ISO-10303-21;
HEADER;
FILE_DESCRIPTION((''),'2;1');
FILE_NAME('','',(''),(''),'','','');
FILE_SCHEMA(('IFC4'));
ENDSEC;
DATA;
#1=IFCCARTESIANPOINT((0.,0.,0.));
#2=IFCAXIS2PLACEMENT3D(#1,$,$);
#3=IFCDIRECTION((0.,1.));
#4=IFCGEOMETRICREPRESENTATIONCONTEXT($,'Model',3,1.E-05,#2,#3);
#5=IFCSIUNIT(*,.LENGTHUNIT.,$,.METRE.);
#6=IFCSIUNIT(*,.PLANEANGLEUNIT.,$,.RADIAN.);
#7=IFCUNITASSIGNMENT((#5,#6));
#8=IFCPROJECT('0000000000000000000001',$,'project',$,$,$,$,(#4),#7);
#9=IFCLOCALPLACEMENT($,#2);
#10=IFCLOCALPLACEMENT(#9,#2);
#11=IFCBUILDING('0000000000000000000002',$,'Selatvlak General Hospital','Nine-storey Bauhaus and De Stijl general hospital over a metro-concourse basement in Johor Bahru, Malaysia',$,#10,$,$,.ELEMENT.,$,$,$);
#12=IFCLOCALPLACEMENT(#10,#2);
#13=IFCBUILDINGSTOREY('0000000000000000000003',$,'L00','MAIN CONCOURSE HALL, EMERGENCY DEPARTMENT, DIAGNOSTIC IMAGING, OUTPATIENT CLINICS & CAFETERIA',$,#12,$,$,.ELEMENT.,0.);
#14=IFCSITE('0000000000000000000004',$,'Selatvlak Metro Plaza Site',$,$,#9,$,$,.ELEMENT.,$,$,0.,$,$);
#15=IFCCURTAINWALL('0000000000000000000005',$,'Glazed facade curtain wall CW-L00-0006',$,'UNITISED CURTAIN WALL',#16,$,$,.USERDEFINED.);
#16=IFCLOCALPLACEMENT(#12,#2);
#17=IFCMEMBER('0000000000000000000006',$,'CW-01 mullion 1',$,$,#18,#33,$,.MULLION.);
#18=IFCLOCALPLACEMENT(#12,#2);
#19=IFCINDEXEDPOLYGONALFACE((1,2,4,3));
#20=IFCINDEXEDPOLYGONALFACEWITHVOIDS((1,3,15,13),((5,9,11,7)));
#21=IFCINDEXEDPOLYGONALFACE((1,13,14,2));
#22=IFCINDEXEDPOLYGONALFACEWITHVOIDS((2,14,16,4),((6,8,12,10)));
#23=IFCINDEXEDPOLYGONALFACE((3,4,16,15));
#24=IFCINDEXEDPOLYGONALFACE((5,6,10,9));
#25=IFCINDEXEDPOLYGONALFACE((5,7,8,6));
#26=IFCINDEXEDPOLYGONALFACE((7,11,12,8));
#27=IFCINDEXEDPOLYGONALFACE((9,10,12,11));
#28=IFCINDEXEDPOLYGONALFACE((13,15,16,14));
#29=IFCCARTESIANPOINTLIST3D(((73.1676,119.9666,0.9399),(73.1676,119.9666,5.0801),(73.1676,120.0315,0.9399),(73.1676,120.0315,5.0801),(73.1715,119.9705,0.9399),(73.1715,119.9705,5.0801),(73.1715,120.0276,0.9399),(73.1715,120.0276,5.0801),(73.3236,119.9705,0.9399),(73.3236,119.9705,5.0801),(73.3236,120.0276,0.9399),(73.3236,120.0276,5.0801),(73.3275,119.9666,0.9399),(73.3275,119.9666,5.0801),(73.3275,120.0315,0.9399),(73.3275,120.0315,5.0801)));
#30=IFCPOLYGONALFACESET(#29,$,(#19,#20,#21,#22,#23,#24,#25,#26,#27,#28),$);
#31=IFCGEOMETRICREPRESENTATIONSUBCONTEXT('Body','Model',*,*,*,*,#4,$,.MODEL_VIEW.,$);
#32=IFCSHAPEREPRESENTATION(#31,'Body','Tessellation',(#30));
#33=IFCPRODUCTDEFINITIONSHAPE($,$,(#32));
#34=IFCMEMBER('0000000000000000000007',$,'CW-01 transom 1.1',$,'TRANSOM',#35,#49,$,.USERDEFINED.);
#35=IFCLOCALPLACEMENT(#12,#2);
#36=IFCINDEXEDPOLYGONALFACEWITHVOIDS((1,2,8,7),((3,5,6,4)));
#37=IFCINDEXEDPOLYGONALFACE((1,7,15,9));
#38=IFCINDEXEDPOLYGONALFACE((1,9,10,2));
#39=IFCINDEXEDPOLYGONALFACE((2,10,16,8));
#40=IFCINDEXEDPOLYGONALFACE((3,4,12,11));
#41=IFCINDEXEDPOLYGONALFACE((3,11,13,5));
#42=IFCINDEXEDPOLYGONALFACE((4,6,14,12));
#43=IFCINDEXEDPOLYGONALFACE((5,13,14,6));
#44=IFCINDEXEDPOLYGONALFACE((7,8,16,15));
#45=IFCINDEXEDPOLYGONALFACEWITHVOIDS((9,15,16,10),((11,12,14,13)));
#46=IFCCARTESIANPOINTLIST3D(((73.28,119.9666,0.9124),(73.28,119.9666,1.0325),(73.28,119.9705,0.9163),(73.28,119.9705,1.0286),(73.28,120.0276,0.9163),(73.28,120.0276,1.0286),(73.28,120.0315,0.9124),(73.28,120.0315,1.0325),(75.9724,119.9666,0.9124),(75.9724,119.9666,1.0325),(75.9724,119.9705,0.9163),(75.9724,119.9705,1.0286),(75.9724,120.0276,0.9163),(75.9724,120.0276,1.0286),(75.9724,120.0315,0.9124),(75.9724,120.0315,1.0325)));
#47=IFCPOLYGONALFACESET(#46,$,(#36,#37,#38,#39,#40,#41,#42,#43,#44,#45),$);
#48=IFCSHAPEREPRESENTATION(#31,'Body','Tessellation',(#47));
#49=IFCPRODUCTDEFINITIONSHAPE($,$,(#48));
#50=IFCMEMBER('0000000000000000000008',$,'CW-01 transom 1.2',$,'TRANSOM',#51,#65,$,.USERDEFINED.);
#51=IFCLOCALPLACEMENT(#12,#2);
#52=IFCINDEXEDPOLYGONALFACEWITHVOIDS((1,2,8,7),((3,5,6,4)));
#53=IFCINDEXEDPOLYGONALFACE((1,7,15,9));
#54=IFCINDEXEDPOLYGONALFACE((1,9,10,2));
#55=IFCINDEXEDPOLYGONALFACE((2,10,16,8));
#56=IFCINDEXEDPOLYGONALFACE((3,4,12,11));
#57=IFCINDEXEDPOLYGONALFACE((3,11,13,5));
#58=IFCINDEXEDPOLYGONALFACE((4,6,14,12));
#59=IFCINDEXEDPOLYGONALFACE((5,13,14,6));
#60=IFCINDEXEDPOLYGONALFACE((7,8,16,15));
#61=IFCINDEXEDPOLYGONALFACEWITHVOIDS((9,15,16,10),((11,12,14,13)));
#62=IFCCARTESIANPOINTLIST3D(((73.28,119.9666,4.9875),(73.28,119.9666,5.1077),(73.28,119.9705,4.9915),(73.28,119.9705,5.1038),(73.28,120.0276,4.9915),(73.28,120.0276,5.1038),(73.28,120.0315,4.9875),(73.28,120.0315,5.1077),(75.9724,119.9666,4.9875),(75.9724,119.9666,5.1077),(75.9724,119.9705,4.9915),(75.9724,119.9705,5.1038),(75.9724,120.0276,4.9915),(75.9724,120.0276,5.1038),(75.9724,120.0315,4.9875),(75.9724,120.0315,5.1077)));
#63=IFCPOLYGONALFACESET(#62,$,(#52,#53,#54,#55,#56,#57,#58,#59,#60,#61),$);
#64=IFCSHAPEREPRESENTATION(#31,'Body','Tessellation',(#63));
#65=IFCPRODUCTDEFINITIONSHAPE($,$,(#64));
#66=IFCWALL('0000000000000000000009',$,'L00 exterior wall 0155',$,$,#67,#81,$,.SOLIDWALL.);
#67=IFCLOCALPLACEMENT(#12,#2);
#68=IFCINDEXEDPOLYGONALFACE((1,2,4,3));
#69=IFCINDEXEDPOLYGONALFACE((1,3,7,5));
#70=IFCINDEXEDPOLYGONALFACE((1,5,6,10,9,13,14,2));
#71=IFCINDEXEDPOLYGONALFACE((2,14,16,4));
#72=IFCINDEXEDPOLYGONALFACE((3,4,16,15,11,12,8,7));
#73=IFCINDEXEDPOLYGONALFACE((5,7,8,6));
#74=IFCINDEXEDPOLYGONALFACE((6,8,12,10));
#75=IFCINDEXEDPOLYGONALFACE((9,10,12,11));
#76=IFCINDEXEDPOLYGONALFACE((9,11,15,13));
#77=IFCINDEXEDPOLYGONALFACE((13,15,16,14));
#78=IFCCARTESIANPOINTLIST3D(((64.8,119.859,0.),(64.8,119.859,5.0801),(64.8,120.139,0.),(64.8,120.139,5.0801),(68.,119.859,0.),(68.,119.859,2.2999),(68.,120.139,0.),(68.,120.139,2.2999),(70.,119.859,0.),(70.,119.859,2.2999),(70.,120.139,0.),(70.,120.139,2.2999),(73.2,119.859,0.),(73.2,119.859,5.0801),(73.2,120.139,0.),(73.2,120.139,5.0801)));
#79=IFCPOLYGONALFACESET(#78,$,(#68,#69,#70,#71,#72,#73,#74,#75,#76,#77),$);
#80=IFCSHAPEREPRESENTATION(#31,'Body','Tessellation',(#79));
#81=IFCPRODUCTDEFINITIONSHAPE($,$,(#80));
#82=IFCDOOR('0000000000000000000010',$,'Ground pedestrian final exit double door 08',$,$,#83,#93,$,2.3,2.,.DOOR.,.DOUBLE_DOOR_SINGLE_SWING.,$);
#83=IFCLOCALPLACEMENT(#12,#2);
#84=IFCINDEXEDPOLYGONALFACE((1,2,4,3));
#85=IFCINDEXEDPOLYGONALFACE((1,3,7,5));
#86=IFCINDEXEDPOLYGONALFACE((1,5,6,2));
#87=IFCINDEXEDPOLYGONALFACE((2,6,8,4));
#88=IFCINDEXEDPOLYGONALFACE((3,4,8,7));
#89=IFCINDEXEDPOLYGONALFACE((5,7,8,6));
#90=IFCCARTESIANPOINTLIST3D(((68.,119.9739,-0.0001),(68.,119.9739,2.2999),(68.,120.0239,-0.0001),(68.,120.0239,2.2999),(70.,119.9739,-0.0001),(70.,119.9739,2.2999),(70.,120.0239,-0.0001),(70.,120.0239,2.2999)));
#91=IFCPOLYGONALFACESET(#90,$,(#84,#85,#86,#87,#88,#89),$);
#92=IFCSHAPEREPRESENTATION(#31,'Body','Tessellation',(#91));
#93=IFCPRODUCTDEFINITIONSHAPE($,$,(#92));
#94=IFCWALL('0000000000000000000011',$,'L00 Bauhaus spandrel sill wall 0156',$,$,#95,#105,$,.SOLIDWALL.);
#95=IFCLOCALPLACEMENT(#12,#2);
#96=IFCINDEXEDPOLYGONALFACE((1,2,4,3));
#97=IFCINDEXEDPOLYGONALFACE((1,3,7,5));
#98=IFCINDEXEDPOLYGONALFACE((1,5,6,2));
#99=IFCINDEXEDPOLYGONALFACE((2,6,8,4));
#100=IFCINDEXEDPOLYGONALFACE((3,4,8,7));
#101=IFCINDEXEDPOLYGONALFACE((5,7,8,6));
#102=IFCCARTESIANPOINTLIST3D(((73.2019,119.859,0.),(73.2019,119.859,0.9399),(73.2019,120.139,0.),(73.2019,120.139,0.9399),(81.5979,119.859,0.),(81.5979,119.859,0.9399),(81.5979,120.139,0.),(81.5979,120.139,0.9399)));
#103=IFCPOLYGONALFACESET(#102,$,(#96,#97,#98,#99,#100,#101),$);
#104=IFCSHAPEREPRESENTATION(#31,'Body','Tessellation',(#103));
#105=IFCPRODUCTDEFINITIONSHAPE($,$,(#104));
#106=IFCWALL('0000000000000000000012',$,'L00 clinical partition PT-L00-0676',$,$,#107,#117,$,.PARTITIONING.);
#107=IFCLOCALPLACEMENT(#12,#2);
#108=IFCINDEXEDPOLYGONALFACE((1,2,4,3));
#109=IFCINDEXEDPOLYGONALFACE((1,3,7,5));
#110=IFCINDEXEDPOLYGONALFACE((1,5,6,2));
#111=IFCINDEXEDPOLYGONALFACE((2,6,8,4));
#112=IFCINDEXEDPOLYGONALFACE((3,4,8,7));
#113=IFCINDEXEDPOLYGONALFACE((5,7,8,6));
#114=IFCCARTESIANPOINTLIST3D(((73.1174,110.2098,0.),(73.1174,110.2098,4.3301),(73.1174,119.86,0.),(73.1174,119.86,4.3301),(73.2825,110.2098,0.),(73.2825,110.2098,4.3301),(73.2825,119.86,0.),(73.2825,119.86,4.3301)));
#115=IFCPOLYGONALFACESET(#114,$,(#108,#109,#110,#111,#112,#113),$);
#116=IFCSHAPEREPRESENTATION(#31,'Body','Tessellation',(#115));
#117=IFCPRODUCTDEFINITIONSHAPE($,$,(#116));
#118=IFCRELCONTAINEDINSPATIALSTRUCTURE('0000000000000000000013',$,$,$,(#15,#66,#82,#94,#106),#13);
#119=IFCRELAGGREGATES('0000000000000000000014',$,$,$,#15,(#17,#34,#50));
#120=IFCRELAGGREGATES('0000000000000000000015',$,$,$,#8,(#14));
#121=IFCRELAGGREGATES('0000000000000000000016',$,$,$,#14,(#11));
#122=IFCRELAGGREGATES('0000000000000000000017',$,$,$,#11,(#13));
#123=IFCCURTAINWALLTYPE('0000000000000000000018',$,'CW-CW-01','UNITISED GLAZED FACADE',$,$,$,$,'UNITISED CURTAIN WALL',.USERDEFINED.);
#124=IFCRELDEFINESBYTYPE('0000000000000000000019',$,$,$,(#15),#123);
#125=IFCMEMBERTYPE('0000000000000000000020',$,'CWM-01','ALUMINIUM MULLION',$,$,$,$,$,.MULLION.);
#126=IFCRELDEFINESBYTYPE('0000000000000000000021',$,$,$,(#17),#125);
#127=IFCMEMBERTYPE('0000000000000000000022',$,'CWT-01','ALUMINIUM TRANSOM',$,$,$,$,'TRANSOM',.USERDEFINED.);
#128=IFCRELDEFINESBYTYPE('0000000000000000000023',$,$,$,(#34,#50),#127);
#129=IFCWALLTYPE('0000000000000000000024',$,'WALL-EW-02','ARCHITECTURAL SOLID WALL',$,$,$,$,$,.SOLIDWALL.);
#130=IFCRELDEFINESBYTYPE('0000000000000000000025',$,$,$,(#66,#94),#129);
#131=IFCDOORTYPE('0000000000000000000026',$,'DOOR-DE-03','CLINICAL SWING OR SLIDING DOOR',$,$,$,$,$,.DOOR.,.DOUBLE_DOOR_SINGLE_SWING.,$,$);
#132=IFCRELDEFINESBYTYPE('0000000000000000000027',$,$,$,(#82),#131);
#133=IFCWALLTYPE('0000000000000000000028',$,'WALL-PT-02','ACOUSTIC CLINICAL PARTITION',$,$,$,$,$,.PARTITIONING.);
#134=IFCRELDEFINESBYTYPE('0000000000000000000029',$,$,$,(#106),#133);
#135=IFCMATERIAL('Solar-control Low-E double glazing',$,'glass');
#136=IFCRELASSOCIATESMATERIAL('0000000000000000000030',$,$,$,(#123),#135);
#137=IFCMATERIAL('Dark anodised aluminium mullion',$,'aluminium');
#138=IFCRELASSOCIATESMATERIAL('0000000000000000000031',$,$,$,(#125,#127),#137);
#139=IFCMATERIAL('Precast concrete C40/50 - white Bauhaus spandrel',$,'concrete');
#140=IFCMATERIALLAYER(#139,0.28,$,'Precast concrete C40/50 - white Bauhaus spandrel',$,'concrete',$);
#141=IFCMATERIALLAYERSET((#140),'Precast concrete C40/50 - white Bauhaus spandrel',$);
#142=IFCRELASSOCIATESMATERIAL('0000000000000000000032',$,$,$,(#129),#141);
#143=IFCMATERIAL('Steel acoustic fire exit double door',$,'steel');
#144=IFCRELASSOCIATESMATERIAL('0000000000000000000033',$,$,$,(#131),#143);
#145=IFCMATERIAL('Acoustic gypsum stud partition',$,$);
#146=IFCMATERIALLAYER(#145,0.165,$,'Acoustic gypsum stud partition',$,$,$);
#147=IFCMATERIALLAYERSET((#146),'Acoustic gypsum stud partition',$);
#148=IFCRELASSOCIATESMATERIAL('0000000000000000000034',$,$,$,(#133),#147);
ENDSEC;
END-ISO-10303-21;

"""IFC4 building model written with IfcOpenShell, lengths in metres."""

from ifc_helpers import new_model, si_unit, direction, frame, frame_2d, origin, origin_2d, place, context, subcontext, project, spatial, rectangle, hollow_rectangle, extrude, material, layer, layer_set, material_profile, profile_set, type_object, element, fill, aggregate, save


model = new_model("IFC4")

# Units and contexts
model_context = context("Model", 3, precision=1e-05, world=origin(), true_north=direction((0.0, 1.0)))
body_context = subcontext(model_context, "Body", "Model", "MODEL_VIEW")
ifc_project = project(units=[si_unit("LENGTHUNIT", "METRE"), si_unit("PLANEANGLEUNIT", "RADIAN")], contexts=[model_context])

# Site, building, storey
site_placement = place(None, origin())
site = spatial("IfcSite", under=ifc_project, at=site_placement, Name="Selatvlak Metro Plaza Site", CompositionType="ELEMENT", RefElevation=0.0)
building_placement = place(site_placement, origin())
building = spatial("IfcBuilding", under=site, at=building_placement, Name="Selatvlak General Hospital", Description="Nine-storey Bauhaus and De Stijl general hospital over a metro-concourse basement in Johor Bahru, Malaysia", CompositionType="ELEMENT")
storey_placement = place(building_placement, origin())
storey = spatial("IfcBuildingStorey", under=building, at=storey_placement, Name="L00", Description="MAIN CONCOURSE HALL, EMERGENCY DEPARTMENT, DIAGNOSTIC IMAGING, OUTPATIENT CLINICS & CAFETERIA", CompositionType="ELEMENT", Elevation=0.0)

# Shared definitions
ifc_material_1 = material(Name="Solar-control Low-E double glazing", Category="glass")
curtain_wall_type = type_object("IfcCurtainWallType", Name="CW-CW-01", Description="UNITISED GLAZED FACADE", ElementType="UNITISED CURTAIN WALL", PredefinedType="USERDEFINED", material=ifc_material_1)
ifc_material_2 = material(Name="Dark anodised aluminium mullion", Category="aluminium")
ifc_material_profile_1 = material_profile(ifc_material_2, hollow_rectangle(XDim=0.0649, YDim=0.1599, WallThickness=0.0039, at=origin_2d()), Name="AL-MUL 65x160x4")
ifc_profile_set_1 = profile_set([ifc_material_profile_1], Name="Dark anodised aluminium mullion")
member_type_1 = type_object("IfcMemberType", Name="CWM-01", Description="ALUMINIUM MULLION", PredefinedType="MULLION", material=ifc_profile_set_1)

# Curtain wall, members
curtain_wall_1_placement = place(storey_placement, origin())
curtain_wall_1 = element("IfcCurtainWall", 1, at=curtain_wall_1_placement, inside=storey, type_object=curtain_wall_type, Name="Glazed facade curtain wall CW-L00-0006", ObjectType="UNITISED CURTAIN WALL", PredefinedType="USERDEFINED")
member_1_placement = place(storey_placement, frame((73.2476, 119.999, 0.9399), z_axis=(0.0, 0.0, 1.0), x_axis=(0.0, 1.0, 0.0)))
member_1 = element("IfcMember", 2, at=member_1_placement, type_object=member_type_1, Name="CW-01 mullion 1", PredefinedType="MULLION", context=body_context, shape_type="SweptSolid", body=[
    extrude(hollow_rectangle(XDim=0.0649, YDim=0.1599, WallThickness=0.0039, at=origin_2d()), origin(), (0.0, 0.0, 1.0), 4.1401),
])
ifc_material_profile_2 = material_profile(ifc_material_2, hollow_rectangle(XDim=0.0649, YDim=0.1201, WallThickness=0.0039, at=origin_2d()), Name="AL-TRN 65x120x4")
ifc_profile_set_2 = profile_set([ifc_material_profile_2], Name="Dark anodised aluminium mullion")
member_type_2 = type_object("IfcMemberType", Name="CWT-01", Description="ALUMINIUM TRANSOM", ElementType="TRANSOM", PredefinedType="USERDEFINED", material=ifc_profile_set_2)
member_2_placement = place(storey_placement, frame((73.28, 119.999, 0.9724), z_axis=(1.0, 0.0, 0.0), x_axis=(0.0, 1.0, 0.0)))
member_2 = element("IfcMember", 3, at=member_2_placement, type_object=member_type_2, Name="CW-01 transom 1.1", ObjectType="TRANSOM", PredefinedType="USERDEFINED", context=body_context, shape_type="SweptSolid", body=[
    extrude(hollow_rectangle(XDim=0.0649, YDim=0.1201, WallThickness=0.0039, at=origin_2d()), origin(), (0.0, 0.0, 1.0), 2.6924),
])
member_3_placement = place(storey_placement, frame((73.28, 119.999, 5.0476), z_axis=(1.0, 0.0, 0.0), x_axis=(0.0, 1.0, 0.0)))
member_3 = element("IfcMember", 4, at=member_3_placement, type_object=member_type_2, Name="CW-01 transom 1.2", ObjectType="TRANSOM", PredefinedType="USERDEFINED", context=body_context, shape_type="SweptSolid", body=[
    extrude(hollow_rectangle(XDim=0.0649, YDim=0.1201, WallThickness=0.0039, at=origin_2d()), origin(), (0.0, 0.0, 1.0), 2.6924),
])
aggregate(curtain_wall_1, [member_1, member_2, member_3])

# Wall, opening, door
ifc_material_3 = material(Name="Precast concrete C40/50 - white Bauhaus spandrel", Category="concrete")
ifc_layer_1 = layer(ifc_material_3, 0.28, Name="Precast concrete C40/50 - white Bauhaus spandrel", Category="concrete")
ifc_layer_set_1 = layer_set([ifc_layer_1], Name="Precast concrete C40/50 - white Bauhaus spandrel")
wall_type_1 = type_object("IfcWallType", Name="WALL-EW-02", Description="ARCHITECTURAL SOLID WALL", PredefinedType="SOLIDWALL", material=ifc_layer_set_1)
wall_1_placement = place(storey_placement, frame((64.8, 119.999, 0.0), z_axis=(0.0, 0.0, 1.0), x_axis=(1.0, 0.0, 0.0)))
wall_1 = element("IfcWall", 5, at=wall_1_placement, inside=storey, type_object=wall_type_1, Name="L00 exterior wall 0155", PredefinedType="SOLIDWALL", context=body_context, shape_type="SweptSolid", body=[
    extrude(rectangle(XDim=8.3999, YDim=0.28, at=frame_2d((4.2, 0.0))), origin(), (0.0, 0.0, 1.0), 5.0801),
])
opening_1_placement = place(wall_1_placement, frame((3.2, 0.0, 0.0)))
opening_1 = element("IfcOpeningElement", 6, at=opening_1_placement, cuts=wall_1, PredefinedType="OPENING", context=body_context, shape_type="SweptSolid", body=[
    extrude(rectangle(XDim=2.0, YDim=2.3, at=frame_2d((1.0, 1.1499))), frame((0.0, 0.1499, 0.0), z_axis=(0.0, -1.0, 0.0), x_axis=(1.0, 0.0, 0.0)), (0.0, 0.0, 1.0), 0.3),
])
ifc_material_4 = material(Name="Steel acoustic fire exit double door", Category="steel")
door_type_1 = type_object("IfcDoorType", Name="DOOR-DE-03", Description="CLINICAL SWING OR SLIDING DOOR", OperationType="DOUBLE_DOOR_SINGLE_SWING", PredefinedType="DOOR", material=ifc_material_4)
door_1_placement = place(opening_1_placement, origin())
door_1 = element("IfcDoor", 7, at=door_1_placement, inside=storey, type_object=door_type_1, Name="Ground pedestrian final exit double door 08", OperationType="DOUBLE_DOOR_SINGLE_SWING", OverallHeight=2.3, OverallWidth=2.0, PredefinedType="DOOR", context=body_context, shape_type="SweptSolid", body=[
    extrude(rectangle(XDim=2.0, YDim=2.3, at=frame_2d((1.0, 1.1499))), frame((0.0, 0.0249, 0.0), z_axis=(0.0, -1.0, 0.0), x_axis=(1.0, 0.0, 0.0)), (0.0, 0.0, 1.0), 0.05),
])
fill(opening_1, door_1)

# Wall
wall_2_placement = place(storey_placement, frame((73.2019, 119.999, 0.0), z_axis=(0.0, 0.0, 1.0), x_axis=(1.0, 0.0, 0.0)))
element("IfcWall", 8, at=wall_2_placement, inside=storey, type_object=wall_type_1, Name="L00 Bauhaus spandrel sill wall 0156", PredefinedType="SOLIDWALL", context=body_context, shape_type="SweptSolid", body=[
    extrude(rectangle(XDim=8.396, YDim=0.28, at=frame_2d((4.198, 0.0))), origin(), (0.0, 0.0, 1.0), 0.9399),
])

# Shared definitions
ifc_material_5 = material(Name="Acoustic gypsum stud partition")

# Wall
ifc_layer_2 = layer(ifc_material_5, 0.165, Name="Acoustic gypsum stud partition")
ifc_layer_set_2 = layer_set([ifc_layer_2], Name="Acoustic gypsum stud partition")
wall_type_2 = type_object("IfcWallType", Name="WALL-PT-02", Description="ACOUSTIC CLINICAL PARTITION", PredefinedType="PARTITIONING", material=ifc_layer_set_2)
wall_3_placement = place(storey_placement, frame((73.2, 119.8601, 0.0), z_axis=(0.0, 0.0, 1.0), x_axis=(0.0, -1.0, 0.0)))
element("IfcWall", 9, at=wall_3_placement, inside=storey, type_object=wall_type_2, Name="L00 clinical partition PT-L00-0676", PredefinedType="PARTITIONING", context=body_context, shape_type="SweptSolid", body=[
    extrude(rectangle(XDim=9.6501, YDim=0.165, at=frame_2d((4.8252, 0.0))), origin(), (0.0, 0.0, 1.0), 4.3301),
])

save(model, "model.ifc")
